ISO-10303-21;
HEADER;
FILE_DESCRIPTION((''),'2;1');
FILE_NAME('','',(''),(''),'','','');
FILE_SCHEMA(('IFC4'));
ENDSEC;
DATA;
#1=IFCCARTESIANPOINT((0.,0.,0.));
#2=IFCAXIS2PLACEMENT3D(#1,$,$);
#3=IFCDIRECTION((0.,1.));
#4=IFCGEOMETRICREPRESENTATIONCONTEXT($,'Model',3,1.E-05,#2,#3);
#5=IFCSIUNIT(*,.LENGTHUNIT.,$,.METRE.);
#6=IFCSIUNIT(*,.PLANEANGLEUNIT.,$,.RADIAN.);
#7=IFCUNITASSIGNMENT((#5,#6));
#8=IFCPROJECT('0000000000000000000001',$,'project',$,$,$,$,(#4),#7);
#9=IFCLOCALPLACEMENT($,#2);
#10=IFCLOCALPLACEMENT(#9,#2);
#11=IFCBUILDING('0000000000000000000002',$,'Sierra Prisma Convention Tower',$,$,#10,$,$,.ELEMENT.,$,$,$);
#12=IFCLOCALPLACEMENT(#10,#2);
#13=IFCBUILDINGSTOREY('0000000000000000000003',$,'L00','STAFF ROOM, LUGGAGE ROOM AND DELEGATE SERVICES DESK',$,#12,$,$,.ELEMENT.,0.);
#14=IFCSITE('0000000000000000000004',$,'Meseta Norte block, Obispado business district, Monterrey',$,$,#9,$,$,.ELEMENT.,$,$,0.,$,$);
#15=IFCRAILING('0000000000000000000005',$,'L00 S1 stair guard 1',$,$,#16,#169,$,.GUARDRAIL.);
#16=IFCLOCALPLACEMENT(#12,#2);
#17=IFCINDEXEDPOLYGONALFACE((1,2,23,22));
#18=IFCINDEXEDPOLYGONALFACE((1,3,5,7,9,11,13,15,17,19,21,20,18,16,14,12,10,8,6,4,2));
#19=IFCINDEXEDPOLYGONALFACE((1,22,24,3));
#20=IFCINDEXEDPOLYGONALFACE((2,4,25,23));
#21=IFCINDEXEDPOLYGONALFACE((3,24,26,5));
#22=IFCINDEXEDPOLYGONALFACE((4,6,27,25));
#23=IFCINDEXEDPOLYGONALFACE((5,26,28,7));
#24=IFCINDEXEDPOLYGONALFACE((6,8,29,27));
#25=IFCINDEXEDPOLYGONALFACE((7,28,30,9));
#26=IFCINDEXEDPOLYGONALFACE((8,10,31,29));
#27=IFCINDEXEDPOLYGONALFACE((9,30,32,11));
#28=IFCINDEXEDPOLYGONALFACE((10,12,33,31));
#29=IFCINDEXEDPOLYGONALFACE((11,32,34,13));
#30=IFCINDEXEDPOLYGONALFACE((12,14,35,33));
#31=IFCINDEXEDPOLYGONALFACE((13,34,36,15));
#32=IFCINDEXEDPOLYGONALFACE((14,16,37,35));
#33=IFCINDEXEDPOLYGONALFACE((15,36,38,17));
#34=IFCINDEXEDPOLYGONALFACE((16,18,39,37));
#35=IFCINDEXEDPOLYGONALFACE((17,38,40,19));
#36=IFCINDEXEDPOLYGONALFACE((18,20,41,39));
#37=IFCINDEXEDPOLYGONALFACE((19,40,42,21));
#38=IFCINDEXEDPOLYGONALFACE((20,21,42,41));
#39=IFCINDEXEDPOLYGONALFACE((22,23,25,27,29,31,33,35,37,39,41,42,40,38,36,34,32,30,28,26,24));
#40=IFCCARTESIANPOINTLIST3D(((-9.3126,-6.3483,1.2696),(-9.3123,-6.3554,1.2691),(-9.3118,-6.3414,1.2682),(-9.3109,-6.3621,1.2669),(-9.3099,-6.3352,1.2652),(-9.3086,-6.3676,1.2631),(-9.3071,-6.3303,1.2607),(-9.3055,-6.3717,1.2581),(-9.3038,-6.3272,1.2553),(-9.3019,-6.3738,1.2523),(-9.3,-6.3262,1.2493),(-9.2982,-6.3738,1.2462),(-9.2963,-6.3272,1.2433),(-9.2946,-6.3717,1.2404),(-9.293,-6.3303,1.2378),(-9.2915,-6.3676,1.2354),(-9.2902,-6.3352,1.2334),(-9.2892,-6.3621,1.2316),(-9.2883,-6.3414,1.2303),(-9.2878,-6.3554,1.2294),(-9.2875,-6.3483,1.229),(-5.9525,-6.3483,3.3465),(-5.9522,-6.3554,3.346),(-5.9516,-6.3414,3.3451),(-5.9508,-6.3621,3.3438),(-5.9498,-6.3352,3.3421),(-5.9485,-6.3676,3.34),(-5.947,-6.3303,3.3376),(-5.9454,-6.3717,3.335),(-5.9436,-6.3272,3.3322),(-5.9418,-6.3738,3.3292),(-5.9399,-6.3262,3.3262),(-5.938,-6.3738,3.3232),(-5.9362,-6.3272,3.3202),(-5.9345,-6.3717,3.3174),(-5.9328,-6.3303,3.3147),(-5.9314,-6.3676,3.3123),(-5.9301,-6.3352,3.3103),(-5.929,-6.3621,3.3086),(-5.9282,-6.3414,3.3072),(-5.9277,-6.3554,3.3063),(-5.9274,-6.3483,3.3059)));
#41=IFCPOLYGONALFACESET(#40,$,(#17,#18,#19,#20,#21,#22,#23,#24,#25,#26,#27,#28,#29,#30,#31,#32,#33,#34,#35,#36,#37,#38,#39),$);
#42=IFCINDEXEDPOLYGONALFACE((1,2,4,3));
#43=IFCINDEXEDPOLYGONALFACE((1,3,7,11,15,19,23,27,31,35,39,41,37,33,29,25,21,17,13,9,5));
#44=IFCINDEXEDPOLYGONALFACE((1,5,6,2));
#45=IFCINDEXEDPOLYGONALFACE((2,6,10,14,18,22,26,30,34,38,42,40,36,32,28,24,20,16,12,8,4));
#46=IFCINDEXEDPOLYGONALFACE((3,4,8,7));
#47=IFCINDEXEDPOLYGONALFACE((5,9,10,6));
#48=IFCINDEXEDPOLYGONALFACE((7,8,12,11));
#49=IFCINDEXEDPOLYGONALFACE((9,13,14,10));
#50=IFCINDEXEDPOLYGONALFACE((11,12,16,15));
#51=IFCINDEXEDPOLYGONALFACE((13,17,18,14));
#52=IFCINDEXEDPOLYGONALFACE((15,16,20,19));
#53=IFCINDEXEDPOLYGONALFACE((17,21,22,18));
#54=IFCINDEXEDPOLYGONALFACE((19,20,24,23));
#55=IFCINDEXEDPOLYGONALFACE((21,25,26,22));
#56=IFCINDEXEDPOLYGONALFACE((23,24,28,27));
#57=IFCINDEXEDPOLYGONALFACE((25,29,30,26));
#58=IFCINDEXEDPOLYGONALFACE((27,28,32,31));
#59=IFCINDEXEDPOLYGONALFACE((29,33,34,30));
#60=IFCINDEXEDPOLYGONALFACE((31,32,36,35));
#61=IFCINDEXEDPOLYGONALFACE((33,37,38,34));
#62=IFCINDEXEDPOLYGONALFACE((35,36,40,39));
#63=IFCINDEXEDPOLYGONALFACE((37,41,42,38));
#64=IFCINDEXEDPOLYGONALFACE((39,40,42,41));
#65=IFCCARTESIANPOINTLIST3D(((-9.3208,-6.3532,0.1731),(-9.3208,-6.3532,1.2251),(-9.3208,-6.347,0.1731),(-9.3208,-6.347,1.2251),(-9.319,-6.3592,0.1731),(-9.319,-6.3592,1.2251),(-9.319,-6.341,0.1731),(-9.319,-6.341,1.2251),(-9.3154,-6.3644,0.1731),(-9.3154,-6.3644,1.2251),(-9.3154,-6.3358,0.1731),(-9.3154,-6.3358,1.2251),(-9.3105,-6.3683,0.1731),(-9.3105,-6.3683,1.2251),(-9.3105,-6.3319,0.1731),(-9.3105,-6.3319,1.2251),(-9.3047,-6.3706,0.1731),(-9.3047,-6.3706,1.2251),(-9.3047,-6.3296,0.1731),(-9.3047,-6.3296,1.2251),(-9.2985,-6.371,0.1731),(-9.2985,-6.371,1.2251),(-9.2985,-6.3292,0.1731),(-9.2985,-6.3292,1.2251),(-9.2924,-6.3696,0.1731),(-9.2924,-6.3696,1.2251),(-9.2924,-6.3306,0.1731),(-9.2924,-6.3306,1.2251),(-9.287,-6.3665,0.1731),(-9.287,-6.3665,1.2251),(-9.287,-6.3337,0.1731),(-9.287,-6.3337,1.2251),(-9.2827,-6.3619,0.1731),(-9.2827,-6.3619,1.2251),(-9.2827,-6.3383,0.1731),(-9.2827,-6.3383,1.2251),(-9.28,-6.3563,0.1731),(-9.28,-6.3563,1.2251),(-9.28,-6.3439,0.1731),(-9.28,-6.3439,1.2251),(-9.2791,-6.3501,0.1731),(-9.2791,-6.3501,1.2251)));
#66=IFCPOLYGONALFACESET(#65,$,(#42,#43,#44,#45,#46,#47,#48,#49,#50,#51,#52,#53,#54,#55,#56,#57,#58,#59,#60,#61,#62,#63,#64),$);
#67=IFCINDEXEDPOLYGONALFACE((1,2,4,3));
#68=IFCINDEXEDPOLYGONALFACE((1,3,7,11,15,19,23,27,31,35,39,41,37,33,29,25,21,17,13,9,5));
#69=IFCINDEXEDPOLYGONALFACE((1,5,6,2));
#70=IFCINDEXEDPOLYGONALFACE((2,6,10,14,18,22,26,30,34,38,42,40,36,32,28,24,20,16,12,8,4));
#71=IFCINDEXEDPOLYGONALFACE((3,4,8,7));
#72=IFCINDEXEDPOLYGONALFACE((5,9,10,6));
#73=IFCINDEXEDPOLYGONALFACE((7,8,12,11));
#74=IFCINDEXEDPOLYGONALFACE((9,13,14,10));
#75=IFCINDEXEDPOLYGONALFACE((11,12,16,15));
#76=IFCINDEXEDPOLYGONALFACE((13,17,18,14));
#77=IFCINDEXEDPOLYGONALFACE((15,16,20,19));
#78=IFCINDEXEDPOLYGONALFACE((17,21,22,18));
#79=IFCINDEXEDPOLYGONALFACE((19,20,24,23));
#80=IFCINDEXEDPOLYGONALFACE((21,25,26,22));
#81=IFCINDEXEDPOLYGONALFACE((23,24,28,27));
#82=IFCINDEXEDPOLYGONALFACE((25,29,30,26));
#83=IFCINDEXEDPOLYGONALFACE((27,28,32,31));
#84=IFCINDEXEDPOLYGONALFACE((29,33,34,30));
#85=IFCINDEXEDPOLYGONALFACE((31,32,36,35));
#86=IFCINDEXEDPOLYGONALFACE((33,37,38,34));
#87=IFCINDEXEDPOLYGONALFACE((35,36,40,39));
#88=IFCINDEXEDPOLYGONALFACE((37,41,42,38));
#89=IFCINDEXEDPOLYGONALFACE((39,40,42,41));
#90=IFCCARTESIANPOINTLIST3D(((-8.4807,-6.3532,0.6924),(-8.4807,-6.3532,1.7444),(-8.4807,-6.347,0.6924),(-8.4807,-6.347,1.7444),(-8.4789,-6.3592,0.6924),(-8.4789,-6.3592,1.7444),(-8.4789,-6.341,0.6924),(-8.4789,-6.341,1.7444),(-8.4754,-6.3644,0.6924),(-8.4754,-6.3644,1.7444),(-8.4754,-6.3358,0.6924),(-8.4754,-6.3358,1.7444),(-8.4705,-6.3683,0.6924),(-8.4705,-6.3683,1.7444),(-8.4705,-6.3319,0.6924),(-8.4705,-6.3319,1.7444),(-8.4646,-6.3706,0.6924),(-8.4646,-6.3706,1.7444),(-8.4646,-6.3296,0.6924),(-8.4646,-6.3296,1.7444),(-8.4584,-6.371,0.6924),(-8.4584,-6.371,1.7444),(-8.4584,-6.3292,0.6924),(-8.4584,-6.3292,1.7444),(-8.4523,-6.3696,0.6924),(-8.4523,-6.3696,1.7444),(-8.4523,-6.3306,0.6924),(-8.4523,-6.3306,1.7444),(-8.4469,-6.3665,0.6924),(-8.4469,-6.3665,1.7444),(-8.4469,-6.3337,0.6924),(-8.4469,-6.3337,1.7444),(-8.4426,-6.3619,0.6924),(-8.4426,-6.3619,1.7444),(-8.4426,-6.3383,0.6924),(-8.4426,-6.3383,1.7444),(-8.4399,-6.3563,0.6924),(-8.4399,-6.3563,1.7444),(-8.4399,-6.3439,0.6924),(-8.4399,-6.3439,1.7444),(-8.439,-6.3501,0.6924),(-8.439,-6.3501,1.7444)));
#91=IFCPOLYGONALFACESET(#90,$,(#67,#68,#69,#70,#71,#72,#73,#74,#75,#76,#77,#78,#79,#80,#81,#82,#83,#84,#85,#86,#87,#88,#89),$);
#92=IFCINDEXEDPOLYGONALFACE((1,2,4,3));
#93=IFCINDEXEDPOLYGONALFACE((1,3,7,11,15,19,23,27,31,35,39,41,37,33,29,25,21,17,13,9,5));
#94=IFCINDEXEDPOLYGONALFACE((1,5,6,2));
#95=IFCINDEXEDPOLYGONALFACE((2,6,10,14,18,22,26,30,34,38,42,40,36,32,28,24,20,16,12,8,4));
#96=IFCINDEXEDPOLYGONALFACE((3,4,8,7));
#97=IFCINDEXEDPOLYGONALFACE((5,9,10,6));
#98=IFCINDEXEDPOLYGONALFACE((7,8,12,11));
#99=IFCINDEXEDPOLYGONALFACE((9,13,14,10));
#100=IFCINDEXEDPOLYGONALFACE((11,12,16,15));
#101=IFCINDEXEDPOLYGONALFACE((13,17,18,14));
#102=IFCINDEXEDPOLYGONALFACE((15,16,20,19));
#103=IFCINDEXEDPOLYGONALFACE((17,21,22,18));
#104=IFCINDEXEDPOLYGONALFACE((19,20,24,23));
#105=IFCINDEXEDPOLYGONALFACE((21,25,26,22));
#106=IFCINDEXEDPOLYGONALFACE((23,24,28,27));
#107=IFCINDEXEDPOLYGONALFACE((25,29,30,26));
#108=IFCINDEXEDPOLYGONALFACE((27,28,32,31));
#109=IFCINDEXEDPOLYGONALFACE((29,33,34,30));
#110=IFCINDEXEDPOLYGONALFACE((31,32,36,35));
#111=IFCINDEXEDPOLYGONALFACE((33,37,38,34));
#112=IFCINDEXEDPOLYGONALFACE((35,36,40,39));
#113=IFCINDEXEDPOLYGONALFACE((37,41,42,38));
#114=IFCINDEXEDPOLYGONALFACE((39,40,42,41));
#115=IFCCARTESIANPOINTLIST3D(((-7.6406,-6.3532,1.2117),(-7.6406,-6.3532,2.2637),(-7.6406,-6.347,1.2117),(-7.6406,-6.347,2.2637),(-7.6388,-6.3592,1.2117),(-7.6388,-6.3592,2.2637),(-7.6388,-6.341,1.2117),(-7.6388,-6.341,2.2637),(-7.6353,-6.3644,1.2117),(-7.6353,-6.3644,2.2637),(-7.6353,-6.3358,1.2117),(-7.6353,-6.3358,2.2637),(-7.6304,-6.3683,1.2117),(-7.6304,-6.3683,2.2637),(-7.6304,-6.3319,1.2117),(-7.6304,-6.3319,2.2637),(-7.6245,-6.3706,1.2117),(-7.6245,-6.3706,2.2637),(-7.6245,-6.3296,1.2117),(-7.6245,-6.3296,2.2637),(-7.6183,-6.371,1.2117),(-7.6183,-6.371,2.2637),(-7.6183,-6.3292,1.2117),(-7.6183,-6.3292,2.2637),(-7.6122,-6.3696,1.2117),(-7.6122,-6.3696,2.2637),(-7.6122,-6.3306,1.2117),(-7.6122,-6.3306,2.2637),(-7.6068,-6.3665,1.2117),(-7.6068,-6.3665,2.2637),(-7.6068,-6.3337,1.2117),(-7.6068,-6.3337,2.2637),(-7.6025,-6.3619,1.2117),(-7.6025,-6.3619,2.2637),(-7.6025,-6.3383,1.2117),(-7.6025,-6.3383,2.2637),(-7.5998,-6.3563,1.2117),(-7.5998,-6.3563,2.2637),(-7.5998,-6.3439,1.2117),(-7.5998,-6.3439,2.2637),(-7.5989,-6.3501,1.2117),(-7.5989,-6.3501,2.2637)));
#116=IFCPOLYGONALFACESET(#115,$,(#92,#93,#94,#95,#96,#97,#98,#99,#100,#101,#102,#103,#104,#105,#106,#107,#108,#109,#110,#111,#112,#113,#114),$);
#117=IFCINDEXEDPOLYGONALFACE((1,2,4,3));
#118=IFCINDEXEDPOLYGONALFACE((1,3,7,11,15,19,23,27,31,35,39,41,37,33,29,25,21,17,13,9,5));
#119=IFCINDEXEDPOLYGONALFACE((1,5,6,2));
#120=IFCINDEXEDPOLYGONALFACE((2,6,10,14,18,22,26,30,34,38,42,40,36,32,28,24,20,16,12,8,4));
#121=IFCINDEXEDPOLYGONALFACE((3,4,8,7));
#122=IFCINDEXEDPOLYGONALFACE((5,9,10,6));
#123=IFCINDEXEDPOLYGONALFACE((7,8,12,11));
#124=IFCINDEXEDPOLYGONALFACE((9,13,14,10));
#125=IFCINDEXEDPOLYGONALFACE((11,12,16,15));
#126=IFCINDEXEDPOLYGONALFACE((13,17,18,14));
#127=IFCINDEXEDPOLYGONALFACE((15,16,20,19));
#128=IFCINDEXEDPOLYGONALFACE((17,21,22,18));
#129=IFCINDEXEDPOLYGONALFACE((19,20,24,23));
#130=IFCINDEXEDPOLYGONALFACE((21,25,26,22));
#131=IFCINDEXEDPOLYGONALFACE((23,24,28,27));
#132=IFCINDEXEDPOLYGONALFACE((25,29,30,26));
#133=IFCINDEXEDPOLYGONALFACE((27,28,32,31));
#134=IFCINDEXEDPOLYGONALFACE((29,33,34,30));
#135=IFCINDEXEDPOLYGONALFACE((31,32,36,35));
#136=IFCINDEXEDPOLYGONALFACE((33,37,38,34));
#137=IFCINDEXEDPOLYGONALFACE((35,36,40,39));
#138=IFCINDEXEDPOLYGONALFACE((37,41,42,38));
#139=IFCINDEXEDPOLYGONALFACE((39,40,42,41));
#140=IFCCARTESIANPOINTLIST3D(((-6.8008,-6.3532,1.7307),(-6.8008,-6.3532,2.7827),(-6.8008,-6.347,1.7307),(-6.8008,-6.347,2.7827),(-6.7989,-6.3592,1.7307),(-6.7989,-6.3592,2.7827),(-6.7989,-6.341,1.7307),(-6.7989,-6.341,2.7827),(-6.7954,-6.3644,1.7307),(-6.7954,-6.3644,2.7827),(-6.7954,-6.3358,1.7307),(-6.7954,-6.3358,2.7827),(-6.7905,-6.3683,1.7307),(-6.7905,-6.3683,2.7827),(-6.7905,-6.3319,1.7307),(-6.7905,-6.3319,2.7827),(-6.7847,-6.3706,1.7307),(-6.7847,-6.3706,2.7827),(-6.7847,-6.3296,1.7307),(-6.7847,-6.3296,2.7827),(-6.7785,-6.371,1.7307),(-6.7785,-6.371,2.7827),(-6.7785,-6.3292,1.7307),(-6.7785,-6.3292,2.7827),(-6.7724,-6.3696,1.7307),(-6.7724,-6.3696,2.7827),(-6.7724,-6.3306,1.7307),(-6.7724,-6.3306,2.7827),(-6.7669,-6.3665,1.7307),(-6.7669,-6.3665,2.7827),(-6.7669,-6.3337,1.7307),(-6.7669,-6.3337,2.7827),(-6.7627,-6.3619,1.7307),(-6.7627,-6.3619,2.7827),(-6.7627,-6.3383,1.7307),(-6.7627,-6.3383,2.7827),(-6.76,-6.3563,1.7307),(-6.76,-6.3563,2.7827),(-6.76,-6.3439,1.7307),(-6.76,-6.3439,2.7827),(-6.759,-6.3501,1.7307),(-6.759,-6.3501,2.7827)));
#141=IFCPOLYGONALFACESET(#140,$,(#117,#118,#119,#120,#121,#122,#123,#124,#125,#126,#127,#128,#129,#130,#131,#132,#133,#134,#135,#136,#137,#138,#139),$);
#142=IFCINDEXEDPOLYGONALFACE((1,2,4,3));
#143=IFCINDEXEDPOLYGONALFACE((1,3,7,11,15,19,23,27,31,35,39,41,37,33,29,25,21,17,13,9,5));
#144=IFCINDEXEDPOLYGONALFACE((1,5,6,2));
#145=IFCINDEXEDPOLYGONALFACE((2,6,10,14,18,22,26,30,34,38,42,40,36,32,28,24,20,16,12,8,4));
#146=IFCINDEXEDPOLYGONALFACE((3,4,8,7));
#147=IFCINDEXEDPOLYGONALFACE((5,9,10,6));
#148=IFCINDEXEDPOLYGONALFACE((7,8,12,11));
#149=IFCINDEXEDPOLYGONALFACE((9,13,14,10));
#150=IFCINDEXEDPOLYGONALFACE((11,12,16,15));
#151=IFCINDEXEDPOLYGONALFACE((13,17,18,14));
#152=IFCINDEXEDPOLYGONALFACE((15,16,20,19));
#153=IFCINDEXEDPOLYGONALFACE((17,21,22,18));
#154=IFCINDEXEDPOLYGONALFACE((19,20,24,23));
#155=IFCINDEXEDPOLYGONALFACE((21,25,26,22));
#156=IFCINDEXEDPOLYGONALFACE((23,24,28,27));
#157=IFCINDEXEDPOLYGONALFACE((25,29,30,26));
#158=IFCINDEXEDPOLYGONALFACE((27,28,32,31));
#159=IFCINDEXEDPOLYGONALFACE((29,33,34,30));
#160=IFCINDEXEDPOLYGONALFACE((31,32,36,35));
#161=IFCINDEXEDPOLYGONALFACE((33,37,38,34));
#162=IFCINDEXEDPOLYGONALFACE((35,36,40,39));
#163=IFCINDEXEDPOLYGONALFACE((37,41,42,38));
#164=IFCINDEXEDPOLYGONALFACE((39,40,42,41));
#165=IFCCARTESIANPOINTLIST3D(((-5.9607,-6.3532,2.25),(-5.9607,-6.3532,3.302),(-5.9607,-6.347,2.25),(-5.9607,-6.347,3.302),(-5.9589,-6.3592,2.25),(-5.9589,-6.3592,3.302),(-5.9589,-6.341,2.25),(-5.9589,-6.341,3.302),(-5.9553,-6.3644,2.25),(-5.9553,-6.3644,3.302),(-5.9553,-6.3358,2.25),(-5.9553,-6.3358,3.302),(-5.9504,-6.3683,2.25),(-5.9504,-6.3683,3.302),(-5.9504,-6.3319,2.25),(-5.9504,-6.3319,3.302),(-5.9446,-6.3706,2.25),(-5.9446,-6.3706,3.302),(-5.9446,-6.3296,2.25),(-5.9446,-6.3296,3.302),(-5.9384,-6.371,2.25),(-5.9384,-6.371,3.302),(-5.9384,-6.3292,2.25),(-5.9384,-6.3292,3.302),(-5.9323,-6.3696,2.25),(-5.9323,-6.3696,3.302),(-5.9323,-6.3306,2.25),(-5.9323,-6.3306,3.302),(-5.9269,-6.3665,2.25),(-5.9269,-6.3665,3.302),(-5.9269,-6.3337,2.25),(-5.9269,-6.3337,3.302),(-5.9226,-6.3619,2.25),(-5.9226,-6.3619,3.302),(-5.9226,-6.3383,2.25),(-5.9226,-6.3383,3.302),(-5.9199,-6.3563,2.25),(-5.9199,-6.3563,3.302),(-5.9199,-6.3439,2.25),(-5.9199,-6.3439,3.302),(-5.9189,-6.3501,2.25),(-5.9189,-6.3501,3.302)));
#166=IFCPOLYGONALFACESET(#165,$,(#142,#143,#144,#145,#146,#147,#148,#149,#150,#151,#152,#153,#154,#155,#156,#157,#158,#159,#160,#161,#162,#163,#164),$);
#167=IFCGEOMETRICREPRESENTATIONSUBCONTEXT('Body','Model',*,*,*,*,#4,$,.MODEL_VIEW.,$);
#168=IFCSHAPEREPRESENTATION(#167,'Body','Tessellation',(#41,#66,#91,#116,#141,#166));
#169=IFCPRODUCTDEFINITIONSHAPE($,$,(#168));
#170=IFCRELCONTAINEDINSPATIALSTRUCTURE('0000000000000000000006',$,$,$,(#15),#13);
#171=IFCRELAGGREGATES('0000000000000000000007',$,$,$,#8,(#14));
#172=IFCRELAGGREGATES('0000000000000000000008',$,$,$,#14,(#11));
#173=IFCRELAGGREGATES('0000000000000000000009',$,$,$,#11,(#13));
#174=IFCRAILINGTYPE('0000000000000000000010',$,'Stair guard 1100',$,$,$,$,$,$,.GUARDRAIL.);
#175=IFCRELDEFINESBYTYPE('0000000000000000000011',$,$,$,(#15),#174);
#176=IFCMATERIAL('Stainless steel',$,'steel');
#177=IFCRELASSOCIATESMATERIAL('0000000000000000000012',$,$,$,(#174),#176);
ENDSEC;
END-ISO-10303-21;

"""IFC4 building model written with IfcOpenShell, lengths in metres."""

from ifc_helpers import new_model, si_unit, direction, frame, origin, origin_2d, place, context, subcontext, project, spatial, circle, extrude, material, type_object, element, save


model = new_model("IFC4")

# Units and contexts
model_context = context("Model", 3, precision=1e-05, world=origin(), true_north=direction((0.0, 1.0)))
body_context = subcontext(model_context, "Body", "Model", "MODEL_VIEW")
ifc_project = project(units=[si_unit("LENGTHUNIT", "METRE"), si_unit("PLANEANGLEUNIT", "RADIAN")], contexts=[model_context])

# Site, building, storey
site_placement = place(None, origin())
site = spatial("IfcSite", under=ifc_project, at=site_placement, Name="Meseta Norte block, Obispado business district, Monterrey", CompositionType="ELEMENT", RefElevation=0.0)
building_placement = place(site_placement, origin())
building = spatial("IfcBuilding", under=site, at=building_placement, Name="Sierra Prisma Convention Tower", CompositionType="ELEMENT")
storey_placement = place(building_placement, origin())
storey = spatial("IfcBuildingStorey", under=building, at=storey_placement, Name="L00", Description="STAFF ROOM, LUGGAGE ROOM AND DELEGATE SERVICES DESK", CompositionType="ELEMENT", Elevation=0.0)

# Railing
ifc_material_1 = material(Name="Stainless steel", Category="steel")
railing_type_1 = type_object("IfcRailingType", Name="Stair guard 1100", PredefinedType="GUARDRAIL", material=ifc_material_1)
railing_1_placement = place(storey_placement, frame((-9.3, -6.3501, 0.1731)))
element("IfcRailing", 1, at=railing_1_placement, inside=storey, type_object=railing_type_1, Name="L00 S1 stair guard 1", PredefinedType="GUARDRAIL", context=body_context, shape_type="SweptSolid", body=[
    extrude(circle(Radius=0.0239, at=origin_2d()), frame((0.0, 0.0, 1.0762), z_axis=(0.850623, 0.0, 0.525776), x_axis=(0.0, 1.0, 0.0)), (0.0, 0.0, 1.0), 3.9502),
    extrude(circle(Radius=0.021, at=origin_2d()), origin(), (0.0, 0.0, 1.0), 1.052),
    extrude(circle(Radius=0.021, at=origin_2d()), frame((0.8401, 0.0, 0.5193)), (0.0, 0.0, 1.0), 1.052),
    extrude(circle(Radius=0.021, at=origin_2d()), frame((1.6802, 0.0, 1.0386)), (0.0, 0.0, 1.0), 1.052),
    extrude(circle(Radius=0.021, at=origin_2d()), frame((2.52, 0.0, 1.5576)), (0.0, 0.0, 1.0), 1.052),
    extrude(circle(Radius=0.021, at=origin_2d()), frame((3.3601, 0.0, 2.0769)), (0.0, 0.0, 1.0), 1.052),
])

save(model, "model.ifc")
